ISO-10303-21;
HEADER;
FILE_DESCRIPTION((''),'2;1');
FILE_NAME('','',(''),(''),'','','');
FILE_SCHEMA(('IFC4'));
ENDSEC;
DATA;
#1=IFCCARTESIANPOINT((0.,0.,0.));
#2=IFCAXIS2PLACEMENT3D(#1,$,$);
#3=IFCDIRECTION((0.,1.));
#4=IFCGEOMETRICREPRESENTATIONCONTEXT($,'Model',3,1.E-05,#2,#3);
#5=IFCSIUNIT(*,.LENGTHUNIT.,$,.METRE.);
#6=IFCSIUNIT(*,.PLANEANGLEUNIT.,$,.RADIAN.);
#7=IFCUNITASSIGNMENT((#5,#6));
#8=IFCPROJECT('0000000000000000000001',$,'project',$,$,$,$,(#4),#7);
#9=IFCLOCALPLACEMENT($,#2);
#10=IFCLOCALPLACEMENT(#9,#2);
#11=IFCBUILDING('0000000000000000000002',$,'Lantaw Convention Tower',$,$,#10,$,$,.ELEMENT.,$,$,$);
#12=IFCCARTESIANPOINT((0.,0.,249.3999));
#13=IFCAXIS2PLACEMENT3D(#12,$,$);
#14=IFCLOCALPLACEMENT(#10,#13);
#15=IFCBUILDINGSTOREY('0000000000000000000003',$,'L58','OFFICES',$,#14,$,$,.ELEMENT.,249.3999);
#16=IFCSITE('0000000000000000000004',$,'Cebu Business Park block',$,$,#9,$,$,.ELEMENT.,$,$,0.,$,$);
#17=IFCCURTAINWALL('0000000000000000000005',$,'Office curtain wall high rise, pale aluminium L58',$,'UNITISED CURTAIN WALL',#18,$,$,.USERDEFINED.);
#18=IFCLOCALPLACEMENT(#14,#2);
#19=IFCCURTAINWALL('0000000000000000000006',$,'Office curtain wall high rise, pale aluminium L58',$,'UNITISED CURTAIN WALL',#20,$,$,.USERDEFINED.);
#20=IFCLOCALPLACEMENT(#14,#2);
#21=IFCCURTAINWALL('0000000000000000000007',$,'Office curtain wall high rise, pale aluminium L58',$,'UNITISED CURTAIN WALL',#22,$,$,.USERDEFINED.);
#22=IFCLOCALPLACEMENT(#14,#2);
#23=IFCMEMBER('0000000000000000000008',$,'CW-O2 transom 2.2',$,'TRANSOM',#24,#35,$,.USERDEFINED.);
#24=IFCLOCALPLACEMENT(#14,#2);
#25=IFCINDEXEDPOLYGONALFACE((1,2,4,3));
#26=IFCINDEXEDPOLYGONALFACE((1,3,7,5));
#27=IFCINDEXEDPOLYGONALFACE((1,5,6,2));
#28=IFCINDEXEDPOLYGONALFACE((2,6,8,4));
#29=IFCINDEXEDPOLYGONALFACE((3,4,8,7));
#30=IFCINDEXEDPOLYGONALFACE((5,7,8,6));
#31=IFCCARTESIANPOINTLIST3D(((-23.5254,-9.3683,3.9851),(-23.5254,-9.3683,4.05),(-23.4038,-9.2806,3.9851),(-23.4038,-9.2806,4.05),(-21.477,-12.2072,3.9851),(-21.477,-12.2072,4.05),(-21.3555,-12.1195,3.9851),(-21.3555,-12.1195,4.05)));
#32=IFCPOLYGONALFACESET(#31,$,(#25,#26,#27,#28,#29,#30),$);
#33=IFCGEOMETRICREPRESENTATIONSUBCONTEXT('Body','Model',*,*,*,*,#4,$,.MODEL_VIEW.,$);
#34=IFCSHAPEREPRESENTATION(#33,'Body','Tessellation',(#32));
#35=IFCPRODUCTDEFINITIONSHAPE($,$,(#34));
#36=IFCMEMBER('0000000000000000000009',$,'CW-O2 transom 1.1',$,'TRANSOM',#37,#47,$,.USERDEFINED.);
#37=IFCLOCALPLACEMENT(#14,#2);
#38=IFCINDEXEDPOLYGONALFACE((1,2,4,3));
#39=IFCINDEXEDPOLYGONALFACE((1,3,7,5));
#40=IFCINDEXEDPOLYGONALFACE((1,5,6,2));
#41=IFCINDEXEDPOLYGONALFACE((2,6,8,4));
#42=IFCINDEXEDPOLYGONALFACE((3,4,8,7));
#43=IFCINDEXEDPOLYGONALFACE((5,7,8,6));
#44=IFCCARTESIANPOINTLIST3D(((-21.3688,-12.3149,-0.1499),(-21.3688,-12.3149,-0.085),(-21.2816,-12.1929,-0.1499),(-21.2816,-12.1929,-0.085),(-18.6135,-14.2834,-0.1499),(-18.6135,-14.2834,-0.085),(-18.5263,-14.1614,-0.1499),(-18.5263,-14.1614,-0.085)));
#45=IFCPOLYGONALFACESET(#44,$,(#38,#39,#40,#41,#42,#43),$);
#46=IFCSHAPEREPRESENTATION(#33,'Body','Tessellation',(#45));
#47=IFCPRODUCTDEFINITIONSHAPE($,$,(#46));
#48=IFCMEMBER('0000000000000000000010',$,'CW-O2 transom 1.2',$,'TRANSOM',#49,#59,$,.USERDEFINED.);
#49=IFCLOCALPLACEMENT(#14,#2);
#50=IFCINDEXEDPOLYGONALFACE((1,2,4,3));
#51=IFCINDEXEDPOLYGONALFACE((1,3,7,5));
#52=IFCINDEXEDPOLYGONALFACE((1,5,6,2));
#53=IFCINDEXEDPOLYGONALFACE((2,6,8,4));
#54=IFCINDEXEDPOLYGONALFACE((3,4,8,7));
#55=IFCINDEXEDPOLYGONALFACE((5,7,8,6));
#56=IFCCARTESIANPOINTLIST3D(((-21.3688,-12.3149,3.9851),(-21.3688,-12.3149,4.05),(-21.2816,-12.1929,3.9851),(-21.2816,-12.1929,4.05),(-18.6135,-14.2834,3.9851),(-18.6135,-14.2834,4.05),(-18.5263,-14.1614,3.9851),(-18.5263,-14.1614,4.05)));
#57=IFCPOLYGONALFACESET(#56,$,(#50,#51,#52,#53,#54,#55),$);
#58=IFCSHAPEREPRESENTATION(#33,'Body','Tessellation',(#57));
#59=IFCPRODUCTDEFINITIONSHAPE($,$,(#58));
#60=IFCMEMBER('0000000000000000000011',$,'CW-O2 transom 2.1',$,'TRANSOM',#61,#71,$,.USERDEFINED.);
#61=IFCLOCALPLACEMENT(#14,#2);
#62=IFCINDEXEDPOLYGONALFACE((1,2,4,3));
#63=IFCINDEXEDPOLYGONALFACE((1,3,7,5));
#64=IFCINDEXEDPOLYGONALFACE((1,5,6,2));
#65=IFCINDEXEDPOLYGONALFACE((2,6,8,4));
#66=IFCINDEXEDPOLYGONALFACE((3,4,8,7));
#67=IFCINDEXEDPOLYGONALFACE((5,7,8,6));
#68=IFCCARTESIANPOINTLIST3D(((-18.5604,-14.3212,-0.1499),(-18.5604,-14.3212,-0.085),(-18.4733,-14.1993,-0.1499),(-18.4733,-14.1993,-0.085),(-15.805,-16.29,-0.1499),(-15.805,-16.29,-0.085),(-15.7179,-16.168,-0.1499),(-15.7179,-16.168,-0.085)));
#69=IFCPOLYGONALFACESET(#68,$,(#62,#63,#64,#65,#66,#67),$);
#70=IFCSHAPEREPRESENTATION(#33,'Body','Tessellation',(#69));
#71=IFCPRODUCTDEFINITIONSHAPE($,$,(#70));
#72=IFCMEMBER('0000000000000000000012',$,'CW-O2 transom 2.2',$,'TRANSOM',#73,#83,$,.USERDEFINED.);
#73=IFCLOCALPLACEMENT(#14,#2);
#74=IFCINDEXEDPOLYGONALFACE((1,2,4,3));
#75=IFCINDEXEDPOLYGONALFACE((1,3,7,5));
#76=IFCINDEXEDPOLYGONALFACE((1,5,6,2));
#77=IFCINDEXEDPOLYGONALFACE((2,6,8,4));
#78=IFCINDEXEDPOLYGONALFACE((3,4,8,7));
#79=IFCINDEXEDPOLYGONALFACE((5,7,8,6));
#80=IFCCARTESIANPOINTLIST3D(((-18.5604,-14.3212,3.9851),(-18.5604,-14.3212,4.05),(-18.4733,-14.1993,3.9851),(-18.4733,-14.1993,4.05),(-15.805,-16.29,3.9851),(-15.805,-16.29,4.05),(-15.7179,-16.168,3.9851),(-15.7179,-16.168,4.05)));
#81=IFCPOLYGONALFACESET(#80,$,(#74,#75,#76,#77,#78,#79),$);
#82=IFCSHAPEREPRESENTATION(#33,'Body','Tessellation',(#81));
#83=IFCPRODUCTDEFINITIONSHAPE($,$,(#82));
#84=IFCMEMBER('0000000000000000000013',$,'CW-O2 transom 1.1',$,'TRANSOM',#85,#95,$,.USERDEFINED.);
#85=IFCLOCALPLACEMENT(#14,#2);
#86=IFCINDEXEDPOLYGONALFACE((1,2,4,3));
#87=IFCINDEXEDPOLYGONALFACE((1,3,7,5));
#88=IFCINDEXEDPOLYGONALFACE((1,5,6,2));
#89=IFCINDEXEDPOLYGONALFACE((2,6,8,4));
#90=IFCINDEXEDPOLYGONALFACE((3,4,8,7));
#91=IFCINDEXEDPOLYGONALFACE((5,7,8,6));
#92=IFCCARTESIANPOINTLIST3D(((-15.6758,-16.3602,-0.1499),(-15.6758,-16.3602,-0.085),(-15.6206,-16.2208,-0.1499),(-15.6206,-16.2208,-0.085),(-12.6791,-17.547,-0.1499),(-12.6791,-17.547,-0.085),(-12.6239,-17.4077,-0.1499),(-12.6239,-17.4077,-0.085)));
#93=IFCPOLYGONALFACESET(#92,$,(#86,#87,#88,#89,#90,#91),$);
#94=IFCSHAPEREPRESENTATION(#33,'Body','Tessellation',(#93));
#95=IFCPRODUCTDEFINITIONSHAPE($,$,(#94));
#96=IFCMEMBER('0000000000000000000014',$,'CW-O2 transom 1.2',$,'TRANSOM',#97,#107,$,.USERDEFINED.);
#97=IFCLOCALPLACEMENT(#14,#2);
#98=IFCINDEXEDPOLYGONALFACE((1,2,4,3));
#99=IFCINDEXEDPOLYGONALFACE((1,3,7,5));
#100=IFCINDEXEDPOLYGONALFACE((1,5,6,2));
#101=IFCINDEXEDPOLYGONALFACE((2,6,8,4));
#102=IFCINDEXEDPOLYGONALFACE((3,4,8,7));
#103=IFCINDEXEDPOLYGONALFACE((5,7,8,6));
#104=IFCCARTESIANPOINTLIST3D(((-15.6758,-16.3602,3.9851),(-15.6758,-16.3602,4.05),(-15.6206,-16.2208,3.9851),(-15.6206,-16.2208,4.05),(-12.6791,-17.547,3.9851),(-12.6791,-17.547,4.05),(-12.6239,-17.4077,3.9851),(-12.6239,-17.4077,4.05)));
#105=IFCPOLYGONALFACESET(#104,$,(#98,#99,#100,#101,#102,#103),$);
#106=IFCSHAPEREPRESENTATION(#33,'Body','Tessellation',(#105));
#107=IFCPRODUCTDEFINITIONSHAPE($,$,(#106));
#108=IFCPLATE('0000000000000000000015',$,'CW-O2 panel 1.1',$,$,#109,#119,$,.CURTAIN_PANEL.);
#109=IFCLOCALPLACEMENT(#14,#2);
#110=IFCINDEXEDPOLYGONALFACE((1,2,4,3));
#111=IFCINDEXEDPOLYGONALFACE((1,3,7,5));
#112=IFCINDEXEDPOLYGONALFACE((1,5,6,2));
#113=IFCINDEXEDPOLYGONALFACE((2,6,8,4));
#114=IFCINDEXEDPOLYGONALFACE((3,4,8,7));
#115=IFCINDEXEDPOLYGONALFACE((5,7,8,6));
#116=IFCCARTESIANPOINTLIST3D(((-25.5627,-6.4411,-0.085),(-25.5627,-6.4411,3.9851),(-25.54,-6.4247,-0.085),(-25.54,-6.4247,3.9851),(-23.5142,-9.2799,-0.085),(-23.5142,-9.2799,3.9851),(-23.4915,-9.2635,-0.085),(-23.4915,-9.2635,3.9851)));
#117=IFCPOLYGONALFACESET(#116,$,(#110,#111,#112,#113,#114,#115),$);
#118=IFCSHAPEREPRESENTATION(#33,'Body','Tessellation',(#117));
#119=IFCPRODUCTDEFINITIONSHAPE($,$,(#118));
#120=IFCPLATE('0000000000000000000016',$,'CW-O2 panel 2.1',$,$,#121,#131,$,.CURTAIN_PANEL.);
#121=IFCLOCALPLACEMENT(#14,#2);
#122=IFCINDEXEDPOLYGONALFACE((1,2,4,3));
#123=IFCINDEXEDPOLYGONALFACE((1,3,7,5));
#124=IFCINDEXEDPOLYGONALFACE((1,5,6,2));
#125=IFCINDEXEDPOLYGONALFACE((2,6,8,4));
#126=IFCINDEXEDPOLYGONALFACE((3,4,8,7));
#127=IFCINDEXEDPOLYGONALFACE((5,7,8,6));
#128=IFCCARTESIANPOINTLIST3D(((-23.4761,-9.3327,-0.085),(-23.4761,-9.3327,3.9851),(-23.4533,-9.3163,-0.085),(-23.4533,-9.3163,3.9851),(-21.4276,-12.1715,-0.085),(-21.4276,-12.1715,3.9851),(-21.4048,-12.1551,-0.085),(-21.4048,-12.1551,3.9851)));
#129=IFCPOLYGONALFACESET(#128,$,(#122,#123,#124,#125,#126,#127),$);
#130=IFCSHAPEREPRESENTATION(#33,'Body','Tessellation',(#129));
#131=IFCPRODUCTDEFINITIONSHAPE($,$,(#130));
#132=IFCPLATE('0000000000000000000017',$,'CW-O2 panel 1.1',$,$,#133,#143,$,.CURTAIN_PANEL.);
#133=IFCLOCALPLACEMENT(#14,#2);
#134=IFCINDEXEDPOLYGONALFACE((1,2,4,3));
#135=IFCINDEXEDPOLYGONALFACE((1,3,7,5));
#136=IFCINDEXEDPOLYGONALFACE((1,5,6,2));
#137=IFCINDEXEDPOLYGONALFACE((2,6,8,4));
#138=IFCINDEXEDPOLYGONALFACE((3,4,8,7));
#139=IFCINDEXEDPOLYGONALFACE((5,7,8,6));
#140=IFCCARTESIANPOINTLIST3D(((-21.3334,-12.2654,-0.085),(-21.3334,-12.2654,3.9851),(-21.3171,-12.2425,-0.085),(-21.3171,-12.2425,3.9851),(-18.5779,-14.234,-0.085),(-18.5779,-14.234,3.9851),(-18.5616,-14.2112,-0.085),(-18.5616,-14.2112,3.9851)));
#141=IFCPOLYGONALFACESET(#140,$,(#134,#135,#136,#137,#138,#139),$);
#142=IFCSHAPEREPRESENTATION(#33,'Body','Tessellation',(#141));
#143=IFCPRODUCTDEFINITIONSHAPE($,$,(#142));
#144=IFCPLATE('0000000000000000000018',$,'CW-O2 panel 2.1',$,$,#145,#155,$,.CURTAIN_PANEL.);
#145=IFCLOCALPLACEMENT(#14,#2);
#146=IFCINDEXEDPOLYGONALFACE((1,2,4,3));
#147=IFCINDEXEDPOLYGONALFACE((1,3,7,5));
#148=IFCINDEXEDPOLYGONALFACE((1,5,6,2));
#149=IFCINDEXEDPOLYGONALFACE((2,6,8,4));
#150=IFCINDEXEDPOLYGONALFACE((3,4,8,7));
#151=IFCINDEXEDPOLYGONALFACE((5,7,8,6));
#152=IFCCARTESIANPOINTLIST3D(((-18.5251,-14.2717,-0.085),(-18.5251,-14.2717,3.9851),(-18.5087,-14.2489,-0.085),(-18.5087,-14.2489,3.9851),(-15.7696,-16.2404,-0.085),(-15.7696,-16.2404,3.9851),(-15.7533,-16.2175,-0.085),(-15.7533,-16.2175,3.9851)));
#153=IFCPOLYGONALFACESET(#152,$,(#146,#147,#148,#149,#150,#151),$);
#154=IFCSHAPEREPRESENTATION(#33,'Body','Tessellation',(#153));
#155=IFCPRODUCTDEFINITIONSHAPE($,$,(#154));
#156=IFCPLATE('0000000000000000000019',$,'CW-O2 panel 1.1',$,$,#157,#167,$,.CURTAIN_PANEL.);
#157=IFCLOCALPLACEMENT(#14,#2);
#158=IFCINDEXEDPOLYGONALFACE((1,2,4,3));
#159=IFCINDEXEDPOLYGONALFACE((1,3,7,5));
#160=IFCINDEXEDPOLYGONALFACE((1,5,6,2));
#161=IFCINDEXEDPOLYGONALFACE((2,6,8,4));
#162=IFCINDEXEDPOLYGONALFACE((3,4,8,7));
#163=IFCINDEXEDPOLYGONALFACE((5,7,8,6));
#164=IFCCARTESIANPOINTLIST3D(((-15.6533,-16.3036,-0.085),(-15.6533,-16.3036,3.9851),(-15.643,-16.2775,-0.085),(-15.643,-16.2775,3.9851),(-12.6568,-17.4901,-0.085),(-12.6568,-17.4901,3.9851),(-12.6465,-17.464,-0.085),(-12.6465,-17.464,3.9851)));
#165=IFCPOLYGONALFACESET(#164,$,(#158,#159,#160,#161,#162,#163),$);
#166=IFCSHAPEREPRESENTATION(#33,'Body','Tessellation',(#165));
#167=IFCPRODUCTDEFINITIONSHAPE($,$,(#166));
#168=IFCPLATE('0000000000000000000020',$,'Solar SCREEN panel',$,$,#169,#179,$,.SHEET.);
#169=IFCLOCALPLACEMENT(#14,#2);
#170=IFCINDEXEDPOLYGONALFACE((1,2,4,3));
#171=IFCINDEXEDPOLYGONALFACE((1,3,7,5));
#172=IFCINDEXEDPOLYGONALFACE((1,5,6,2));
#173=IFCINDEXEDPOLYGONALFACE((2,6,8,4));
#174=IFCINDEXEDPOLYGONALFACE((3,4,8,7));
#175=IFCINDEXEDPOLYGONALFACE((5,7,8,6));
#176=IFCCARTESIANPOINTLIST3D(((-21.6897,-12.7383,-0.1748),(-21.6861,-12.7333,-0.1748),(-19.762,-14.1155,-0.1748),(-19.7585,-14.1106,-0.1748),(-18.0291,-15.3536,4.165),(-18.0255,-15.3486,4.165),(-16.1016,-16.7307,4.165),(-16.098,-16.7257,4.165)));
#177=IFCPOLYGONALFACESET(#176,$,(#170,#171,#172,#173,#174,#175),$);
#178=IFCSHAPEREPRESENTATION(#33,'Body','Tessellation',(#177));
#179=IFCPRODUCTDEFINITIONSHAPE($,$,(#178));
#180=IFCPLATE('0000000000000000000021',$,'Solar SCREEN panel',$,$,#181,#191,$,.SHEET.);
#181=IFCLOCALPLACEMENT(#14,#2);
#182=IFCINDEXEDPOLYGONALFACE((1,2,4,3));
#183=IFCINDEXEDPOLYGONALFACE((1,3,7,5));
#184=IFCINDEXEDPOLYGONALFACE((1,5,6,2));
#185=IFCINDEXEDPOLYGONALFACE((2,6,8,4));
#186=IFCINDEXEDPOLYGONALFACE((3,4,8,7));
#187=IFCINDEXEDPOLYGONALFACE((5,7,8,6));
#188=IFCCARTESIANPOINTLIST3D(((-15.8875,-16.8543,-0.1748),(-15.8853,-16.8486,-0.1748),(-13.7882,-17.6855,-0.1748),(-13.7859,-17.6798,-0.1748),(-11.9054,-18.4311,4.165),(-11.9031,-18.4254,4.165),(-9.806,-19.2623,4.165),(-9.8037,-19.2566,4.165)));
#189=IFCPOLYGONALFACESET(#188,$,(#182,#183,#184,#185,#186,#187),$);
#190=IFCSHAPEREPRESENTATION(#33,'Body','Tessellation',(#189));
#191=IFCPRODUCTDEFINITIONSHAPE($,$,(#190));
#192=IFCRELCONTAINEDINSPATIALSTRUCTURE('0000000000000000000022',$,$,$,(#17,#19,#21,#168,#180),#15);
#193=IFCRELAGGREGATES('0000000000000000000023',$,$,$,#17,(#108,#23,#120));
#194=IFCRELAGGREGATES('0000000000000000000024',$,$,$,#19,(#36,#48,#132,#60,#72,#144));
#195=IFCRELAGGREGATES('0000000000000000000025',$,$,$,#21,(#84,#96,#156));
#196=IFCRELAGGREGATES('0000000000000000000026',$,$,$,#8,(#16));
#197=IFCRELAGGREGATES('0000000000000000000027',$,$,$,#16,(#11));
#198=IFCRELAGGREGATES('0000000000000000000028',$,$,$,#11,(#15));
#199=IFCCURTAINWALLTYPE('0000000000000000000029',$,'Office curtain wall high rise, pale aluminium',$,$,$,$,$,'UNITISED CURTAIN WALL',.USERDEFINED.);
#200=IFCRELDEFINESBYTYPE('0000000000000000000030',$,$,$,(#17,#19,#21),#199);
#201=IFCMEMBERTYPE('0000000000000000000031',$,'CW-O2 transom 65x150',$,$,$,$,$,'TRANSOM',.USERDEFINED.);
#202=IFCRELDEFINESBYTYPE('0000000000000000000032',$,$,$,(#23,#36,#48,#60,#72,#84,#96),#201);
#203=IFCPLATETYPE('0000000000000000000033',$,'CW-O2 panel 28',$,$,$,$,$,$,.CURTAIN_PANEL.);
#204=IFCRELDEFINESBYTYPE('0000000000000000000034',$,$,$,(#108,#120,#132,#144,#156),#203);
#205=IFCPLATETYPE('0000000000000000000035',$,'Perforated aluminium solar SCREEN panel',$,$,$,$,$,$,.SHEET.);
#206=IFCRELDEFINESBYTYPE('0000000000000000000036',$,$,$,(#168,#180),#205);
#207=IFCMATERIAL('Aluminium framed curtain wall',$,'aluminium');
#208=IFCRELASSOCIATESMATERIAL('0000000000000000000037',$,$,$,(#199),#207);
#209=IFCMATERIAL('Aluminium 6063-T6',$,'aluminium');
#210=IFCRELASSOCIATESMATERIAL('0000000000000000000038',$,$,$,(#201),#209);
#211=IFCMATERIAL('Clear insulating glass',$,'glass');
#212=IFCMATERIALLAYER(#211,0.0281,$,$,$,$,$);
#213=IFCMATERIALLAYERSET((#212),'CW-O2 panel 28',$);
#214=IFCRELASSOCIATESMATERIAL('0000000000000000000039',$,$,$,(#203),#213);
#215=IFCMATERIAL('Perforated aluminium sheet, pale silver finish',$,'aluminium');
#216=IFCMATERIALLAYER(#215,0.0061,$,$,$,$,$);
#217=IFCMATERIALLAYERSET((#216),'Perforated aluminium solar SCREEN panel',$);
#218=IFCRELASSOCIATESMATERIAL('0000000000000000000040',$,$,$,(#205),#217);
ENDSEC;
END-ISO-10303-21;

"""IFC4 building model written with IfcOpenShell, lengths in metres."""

from ifc_helpers import new_model, si_unit, direction, frame, origin, origin_2d, place, context, subcontext, project, spatial, polyline, rectangle, outline, extrude, material, layer, layer_set, material_profile, profile_set, type_object, element, aggregate, save


model = new_model("IFC4")

# Units and contexts
model_context = context("Model", 3, precision=1e-05, world=origin(), true_north=direction((0.0, 1.0)))
body_context = subcontext(model_context, "Body", "Model", "MODEL_VIEW")
ifc_project = project(units=[si_unit("LENGTHUNIT", "METRE"), si_unit("PLANEANGLEUNIT", "RADIAN")], contexts=[model_context])

# Site, building, storey
site_placement = place(None, origin())
site = spatial("IfcSite", under=ifc_project, at=site_placement, Name="Cebu Business Park block", CompositionType="ELEMENT", RefElevation=0.0)
building_placement = place(site_placement, origin())
building = spatial("IfcBuilding", under=site, at=building_placement, Name="Lantaw Convention Tower", CompositionType="ELEMENT")
storey_placement = place(building_placement, frame((0.0, 0.0, 249.3999)))
storey = spatial("IfcBuildingStorey", under=building, at=storey_placement, Name="L58", Description="OFFICES", CompositionType="ELEMENT", Elevation=249.3999)

# Curtain walls
ifc_material_1 = material(Name="Aluminium framed curtain wall", Category="aluminium")
curtain_wall_type = type_object("IfcCurtainWallType", Name="Office curtain wall high rise, pale aluminium", ElementType="UNITISED CURTAIN WALL", PredefinedType="USERDEFINED", material=ifc_material_1)
curtain_wall_1_placement = place(storey_placement, origin())
curtain_wall_1 = element("IfcCurtainWall", 1, at=curtain_wall_1_placement, inside=storey, type_object=curtain_wall_type, Name="Office curtain wall high rise, pale aluminium L58", ObjectType="UNITISED CURTAIN WALL", PredefinedType="USERDEFINED")
ifc_material_2 = material(Name="Aluminium 6063-T6", Category="aluminium")
curtain_wall_2_placement = place(storey_placement, origin())
curtain_wall_2 = element("IfcCurtainWall", 2, at=curtain_wall_2_placement, inside=storey, type_object=curtain_wall_type, Name="Office curtain wall high rise, pale aluminium L58", ObjectType="UNITISED CURTAIN WALL", PredefinedType="USERDEFINED")

# Curtain wall
curtain_wall_3_placement = place(storey_placement, origin())
curtain_wall_3 = element("IfcCurtainWall", 3, at=curtain_wall_3_placement, inside=storey, type_object=curtain_wall_type, Name="Office curtain wall high rise, pale aluminium L58", ObjectType="UNITISED CURTAIN WALL", PredefinedType="USERDEFINED")

# Members
ifc_material_profile_1 = material_profile(ifc_material_2, rectangle(XDim=0.1499, YDim=0.0649, at=origin_2d()), Name="CW-O2 transom 65x150")
ifc_profile_set_1 = profile_set([ifc_material_profile_1], Name="Aluminium 6063-T6")
member_type_1 = type_object("IfcMemberType", Name="CW-O2 transom 65x150", ElementType="TRANSOM", PredefinedType="USERDEFINED", material=ifc_profile_set_1)
member_1_placement = place(storey_placement, frame((-23.4646, -9.3245, 4.0176), z_axis=(0.585124, -0.810944, 0.0), x_axis=(0.810944, 0.585124, 0.0)))
member_1 = element("IfcMember", 4, at=member_1_placement, type_object=member_type_1, Name="CW-O2 transom 2.2", ObjectType="TRANSOM", PredefinedType="USERDEFINED", context=body_context, shape_type="SweptSolid", body=[
    extrude(rectangle(XDim=0.1499, YDim=0.0649, at=origin_2d()), origin(), (0.0, 0.0, 1.0), 3.5007),
])
member_2_placement = place(storey_placement, frame((-21.3252, -12.2539, -0.1174), z_axis=(0.81368, -0.581313, 0.0), x_axis=(0.581313, 0.81368, 0.0)))
member_2 = element("IfcMember", 5, at=member_2_placement, type_object=member_type_1, Name="CW-O2 transom 1.1", ObjectType="TRANSOM", PredefinedType="USERDEFINED", context=body_context, shape_type="SweptSolid", body=[
    extrude(rectangle(XDim=0.1499, YDim=0.0649, at=origin_2d()), origin(), (0.0, 0.0, 1.0), 3.3862),
])
member_3_placement = place(storey_placement, frame((-21.3252, -12.2539, 4.0176), z_axis=(0.81368, -0.581313, 0.0), x_axis=(0.581313, 0.81368, 0.0)))
member_3 = element("IfcMember", 6, at=member_3_placement, type_object=member_type_1, Name="CW-O2 transom 1.2", ObjectType="TRANSOM", PredefinedType="USERDEFINED", context=body_context, shape_type="SweptSolid", body=[
    extrude(rectangle(XDim=0.1499, YDim=0.0649, at=origin_2d()), origin(), (0.0, 0.0, 1.0), 3.3862),
])
member_4_placement = place(storey_placement, frame((-18.5168, -14.2603, -0.1174), z_axis=(0.813646, -0.581361, 0.0), x_axis=(0.581361, 0.813646, 0.0)))
member_4 = element("IfcMember", 7, at=member_4_placement, type_object=member_type_1, Name="CW-O2 transom 2.1", ObjectType="TRANSOM", PredefinedType="USERDEFINED", context=body_context, shape_type="SweptSolid", body=[
    extrude(rectangle(XDim=0.1499, YDim=0.0649, at=origin_2d()), origin(), (0.0, 0.0, 1.0), 3.3865),
])
member_5_placement = place(storey_placement, frame((-18.5168, -14.2603, 4.0176), z_axis=(0.813646, -0.581361, 0.0), x_axis=(0.581361, 0.813646, 0.0)))
member_5 = element("IfcMember", 8, at=member_5_placement, type_object=member_type_1, Name="CW-O2 transom 2.2", ObjectType="TRANSOM", PredefinedType="USERDEFINED", context=body_context, shape_type="SweptSolid", body=[
    extrude(rectangle(XDim=0.1499, YDim=0.0649, at=origin_2d()), origin(), (0.0, 0.0, 1.0), 3.3865),
])
member_6_placement = place(storey_placement, frame((-15.6482, -16.2905, -0.1174), z_axis=(0.929741, -0.368215, 0.0), x_axis=(0.368215, 0.929741, 0.0)))
member_6 = element("IfcMember", 9, at=member_6_placement, type_object=member_type_1, Name="CW-O2 transom 1.1", ObjectType="TRANSOM", PredefinedType="USERDEFINED", context=body_context, shape_type="SweptSolid", body=[
    extrude(rectangle(XDim=0.1499, YDim=0.0649, at=origin_2d()), origin(), (0.0, 0.0, 1.0), 3.2231),
])
member_7_placement = place(storey_placement, frame((-15.6482, -16.2905, 4.0176), z_axis=(0.929741, -0.368215, 0.0), x_axis=(0.368215, 0.929741, 0.0)))
member_7 = element("IfcMember", 10, at=member_7_placement, type_object=member_type_1, Name="CW-O2 transom 1.2", ObjectType="TRANSOM", PredefinedType="USERDEFINED", context=body_context, shape_type="SweptSolid", body=[
    extrude(rectangle(XDim=0.1499, YDim=0.0649, at=origin_2d()), origin(), (0.0, 0.0, 1.0), 3.2231),
])

# Plates
ifc_material_3 = material(Name="Clear insulating glass", Category="glass")
ifc_layer_1 = layer(ifc_material_3, 0.0281)
ifc_layer_set_1 = layer_set([ifc_layer_1], Name="CW-O2 panel 28")
plate_type_1 = type_object("IfcPlateType", Name="CW-O2 panel 28", PredefinedType="CURTAIN_PANEL", material=ifc_layer_set_1)
plate_1_placement = place(storey_placement, frame((-24.5271, -7.8523, -0.085), z_axis=(0.0, 0.0, 1.0), x_axis=(0.585158, -0.81092, 0.0)))
plate_1 = element("IfcPlate", 11, at=plate_1_placement, type_object=plate_type_1, Name="CW-O2 panel 1.1", PredefinedType="CURTAIN_PANEL", context=body_context, shape_type="SweptSolid", body=[
    extrude(rectangle(XDim=3.5007, YDim=0.0281, at=origin_2d()), origin(), (0.0, 0.0, 1.0), 4.0701),
])
plate_2_placement = place(storey_placement, frame((-22.4404, -10.7439, -0.085), z_axis=(0.0, 0.0, 1.0), x_axis=(0.585158, -0.81092, 0.0)))
plate_2 = element("IfcPlate", 12, at=plate_2_placement, type_object=plate_type_1, Name="CW-O2 panel 2.1", PredefinedType="CURTAIN_PANEL", context=body_context, shape_type="SweptSolid", body=[
    extrude(rectangle(XDim=3.5007, YDim=0.0281, at=origin_2d()), origin(), (0.0, 0.0, 1.0), 4.0701),
])
aggregate(curtain_wall_1, [plate_1, member_1, plate_2])
plate_3_placement = place(storey_placement, frame((-19.9475, -13.2383, -0.085), z_axis=(0.0, 0.0, 1.0), x_axis=(0.813673, -0.581323, 0.0)))
plate_3 = element("IfcPlate", 13, at=plate_3_placement, type_object=plate_type_1, Name="CW-O2 panel 1.1", PredefinedType="CURTAIN_PANEL", context=body_context, shape_type="SweptSolid", body=[
    extrude(rectangle(XDim=3.3865, YDim=0.0281, at=origin_2d()), origin(), (0.0, 0.0, 1.0), 4.0701),
])
plate_4_placement = place(storey_placement, frame((-17.1392, -15.2446, -0.085), z_axis=(0.0, 0.0, 1.0), x_axis=(0.813673, -0.581323, 0.0)))
plate_4 = element("IfcPlate", 14, at=plate_4_placement, type_object=plate_type_1, Name="CW-O2 panel 2.1", PredefinedType="CURTAIN_PANEL", context=body_context, shape_type="SweptSolid", body=[
    extrude(rectangle(XDim=3.3865, YDim=0.0281, at=origin_2d()), origin(), (0.0, 0.0, 1.0), 4.0701),
])
aggregate(curtain_wall_2, [member_2, member_3, plate_3, member_4, member_5, plate_4])
plate_5_placement = place(storey_placement, frame((-14.1499, -16.8838, -0.085), z_axis=(0.0, 0.0, 1.0), x_axis=(0.929762, -0.368162, 0.0)))
plate_5 = element("IfcPlate", 15, at=plate_5_placement, type_object=plate_type_1, Name="CW-O2 panel 1.1", PredefinedType="CURTAIN_PANEL", context=body_context, shape_type="SweptSolid", body=[
    extrude(rectangle(XDim=3.2229, YDim=0.0281, at=origin_2d()), origin(), (0.0, 0.0, 1.0), 4.0701),
])
aggregate(curtain_wall_3, [member_6, member_7, plate_5])

# Plates
ifc_material_4 = material(Name="Perforated aluminium sheet, pale silver finish", Category="aluminium")
ifc_layer_2 = layer(ifc_material_4, 0.0061)
ifc_layer_set_2 = layer_set([ifc_layer_2], Name="Perforated aluminium solar SCREEN panel")
plate_type_2 = type_object("IfcPlateType", Name="Perforated aluminium solar SCREEN panel", PredefinedType="SHEET", material=ifc_layer_set_2)
plate_6_placement = place(storey_placement, frame((-21.6897, -12.7383, -0.1748), z_axis=(-0.581331, -0.813667, 0.00001), x_axis=(0.813667, -0.581331, 0.0)))
element("IfcPlate", 16, at=plate_6_placement, inside=storey, type_object=plate_type_2, Name="Solar SCREEN panel", PredefinedType="SHEET", context=body_context, shape_type="SweptSolid", body=[
    extrude(outline(polyline([(0.0, 0.0), (2.3691, 0.0), (6.8678, 4.3398), (4.4989, 4.3398), (0.0, 0.0)])), origin(), (0.0, 0.0, -1.0), 0.0061),
])
plate_7_placement = place(storey_placement, frame((-15.8853, -16.8486, -0.1748), z_axis=(0.368117, 0.92978, 0.000036), x_axis=(0.92978, -0.368117, 0.0)))
element("IfcPlate", 17, at=plate_7_placement, inside=storey, type_object=plate_type_2, Name="Solar SCREEN panel", PredefinedType="SHEET", context=body_context, shape_type="SweptSolid", body=[
    extrude(outline(polyline([(0.0, 0.0), (2.2579, 0.0), (6.5409, -4.3398), (4.2829, -4.3398), (0.0, 0.0)])), origin(), (0.0, 0.0, -1.0), 0.0061),
])

save(model, "model.ifc")
